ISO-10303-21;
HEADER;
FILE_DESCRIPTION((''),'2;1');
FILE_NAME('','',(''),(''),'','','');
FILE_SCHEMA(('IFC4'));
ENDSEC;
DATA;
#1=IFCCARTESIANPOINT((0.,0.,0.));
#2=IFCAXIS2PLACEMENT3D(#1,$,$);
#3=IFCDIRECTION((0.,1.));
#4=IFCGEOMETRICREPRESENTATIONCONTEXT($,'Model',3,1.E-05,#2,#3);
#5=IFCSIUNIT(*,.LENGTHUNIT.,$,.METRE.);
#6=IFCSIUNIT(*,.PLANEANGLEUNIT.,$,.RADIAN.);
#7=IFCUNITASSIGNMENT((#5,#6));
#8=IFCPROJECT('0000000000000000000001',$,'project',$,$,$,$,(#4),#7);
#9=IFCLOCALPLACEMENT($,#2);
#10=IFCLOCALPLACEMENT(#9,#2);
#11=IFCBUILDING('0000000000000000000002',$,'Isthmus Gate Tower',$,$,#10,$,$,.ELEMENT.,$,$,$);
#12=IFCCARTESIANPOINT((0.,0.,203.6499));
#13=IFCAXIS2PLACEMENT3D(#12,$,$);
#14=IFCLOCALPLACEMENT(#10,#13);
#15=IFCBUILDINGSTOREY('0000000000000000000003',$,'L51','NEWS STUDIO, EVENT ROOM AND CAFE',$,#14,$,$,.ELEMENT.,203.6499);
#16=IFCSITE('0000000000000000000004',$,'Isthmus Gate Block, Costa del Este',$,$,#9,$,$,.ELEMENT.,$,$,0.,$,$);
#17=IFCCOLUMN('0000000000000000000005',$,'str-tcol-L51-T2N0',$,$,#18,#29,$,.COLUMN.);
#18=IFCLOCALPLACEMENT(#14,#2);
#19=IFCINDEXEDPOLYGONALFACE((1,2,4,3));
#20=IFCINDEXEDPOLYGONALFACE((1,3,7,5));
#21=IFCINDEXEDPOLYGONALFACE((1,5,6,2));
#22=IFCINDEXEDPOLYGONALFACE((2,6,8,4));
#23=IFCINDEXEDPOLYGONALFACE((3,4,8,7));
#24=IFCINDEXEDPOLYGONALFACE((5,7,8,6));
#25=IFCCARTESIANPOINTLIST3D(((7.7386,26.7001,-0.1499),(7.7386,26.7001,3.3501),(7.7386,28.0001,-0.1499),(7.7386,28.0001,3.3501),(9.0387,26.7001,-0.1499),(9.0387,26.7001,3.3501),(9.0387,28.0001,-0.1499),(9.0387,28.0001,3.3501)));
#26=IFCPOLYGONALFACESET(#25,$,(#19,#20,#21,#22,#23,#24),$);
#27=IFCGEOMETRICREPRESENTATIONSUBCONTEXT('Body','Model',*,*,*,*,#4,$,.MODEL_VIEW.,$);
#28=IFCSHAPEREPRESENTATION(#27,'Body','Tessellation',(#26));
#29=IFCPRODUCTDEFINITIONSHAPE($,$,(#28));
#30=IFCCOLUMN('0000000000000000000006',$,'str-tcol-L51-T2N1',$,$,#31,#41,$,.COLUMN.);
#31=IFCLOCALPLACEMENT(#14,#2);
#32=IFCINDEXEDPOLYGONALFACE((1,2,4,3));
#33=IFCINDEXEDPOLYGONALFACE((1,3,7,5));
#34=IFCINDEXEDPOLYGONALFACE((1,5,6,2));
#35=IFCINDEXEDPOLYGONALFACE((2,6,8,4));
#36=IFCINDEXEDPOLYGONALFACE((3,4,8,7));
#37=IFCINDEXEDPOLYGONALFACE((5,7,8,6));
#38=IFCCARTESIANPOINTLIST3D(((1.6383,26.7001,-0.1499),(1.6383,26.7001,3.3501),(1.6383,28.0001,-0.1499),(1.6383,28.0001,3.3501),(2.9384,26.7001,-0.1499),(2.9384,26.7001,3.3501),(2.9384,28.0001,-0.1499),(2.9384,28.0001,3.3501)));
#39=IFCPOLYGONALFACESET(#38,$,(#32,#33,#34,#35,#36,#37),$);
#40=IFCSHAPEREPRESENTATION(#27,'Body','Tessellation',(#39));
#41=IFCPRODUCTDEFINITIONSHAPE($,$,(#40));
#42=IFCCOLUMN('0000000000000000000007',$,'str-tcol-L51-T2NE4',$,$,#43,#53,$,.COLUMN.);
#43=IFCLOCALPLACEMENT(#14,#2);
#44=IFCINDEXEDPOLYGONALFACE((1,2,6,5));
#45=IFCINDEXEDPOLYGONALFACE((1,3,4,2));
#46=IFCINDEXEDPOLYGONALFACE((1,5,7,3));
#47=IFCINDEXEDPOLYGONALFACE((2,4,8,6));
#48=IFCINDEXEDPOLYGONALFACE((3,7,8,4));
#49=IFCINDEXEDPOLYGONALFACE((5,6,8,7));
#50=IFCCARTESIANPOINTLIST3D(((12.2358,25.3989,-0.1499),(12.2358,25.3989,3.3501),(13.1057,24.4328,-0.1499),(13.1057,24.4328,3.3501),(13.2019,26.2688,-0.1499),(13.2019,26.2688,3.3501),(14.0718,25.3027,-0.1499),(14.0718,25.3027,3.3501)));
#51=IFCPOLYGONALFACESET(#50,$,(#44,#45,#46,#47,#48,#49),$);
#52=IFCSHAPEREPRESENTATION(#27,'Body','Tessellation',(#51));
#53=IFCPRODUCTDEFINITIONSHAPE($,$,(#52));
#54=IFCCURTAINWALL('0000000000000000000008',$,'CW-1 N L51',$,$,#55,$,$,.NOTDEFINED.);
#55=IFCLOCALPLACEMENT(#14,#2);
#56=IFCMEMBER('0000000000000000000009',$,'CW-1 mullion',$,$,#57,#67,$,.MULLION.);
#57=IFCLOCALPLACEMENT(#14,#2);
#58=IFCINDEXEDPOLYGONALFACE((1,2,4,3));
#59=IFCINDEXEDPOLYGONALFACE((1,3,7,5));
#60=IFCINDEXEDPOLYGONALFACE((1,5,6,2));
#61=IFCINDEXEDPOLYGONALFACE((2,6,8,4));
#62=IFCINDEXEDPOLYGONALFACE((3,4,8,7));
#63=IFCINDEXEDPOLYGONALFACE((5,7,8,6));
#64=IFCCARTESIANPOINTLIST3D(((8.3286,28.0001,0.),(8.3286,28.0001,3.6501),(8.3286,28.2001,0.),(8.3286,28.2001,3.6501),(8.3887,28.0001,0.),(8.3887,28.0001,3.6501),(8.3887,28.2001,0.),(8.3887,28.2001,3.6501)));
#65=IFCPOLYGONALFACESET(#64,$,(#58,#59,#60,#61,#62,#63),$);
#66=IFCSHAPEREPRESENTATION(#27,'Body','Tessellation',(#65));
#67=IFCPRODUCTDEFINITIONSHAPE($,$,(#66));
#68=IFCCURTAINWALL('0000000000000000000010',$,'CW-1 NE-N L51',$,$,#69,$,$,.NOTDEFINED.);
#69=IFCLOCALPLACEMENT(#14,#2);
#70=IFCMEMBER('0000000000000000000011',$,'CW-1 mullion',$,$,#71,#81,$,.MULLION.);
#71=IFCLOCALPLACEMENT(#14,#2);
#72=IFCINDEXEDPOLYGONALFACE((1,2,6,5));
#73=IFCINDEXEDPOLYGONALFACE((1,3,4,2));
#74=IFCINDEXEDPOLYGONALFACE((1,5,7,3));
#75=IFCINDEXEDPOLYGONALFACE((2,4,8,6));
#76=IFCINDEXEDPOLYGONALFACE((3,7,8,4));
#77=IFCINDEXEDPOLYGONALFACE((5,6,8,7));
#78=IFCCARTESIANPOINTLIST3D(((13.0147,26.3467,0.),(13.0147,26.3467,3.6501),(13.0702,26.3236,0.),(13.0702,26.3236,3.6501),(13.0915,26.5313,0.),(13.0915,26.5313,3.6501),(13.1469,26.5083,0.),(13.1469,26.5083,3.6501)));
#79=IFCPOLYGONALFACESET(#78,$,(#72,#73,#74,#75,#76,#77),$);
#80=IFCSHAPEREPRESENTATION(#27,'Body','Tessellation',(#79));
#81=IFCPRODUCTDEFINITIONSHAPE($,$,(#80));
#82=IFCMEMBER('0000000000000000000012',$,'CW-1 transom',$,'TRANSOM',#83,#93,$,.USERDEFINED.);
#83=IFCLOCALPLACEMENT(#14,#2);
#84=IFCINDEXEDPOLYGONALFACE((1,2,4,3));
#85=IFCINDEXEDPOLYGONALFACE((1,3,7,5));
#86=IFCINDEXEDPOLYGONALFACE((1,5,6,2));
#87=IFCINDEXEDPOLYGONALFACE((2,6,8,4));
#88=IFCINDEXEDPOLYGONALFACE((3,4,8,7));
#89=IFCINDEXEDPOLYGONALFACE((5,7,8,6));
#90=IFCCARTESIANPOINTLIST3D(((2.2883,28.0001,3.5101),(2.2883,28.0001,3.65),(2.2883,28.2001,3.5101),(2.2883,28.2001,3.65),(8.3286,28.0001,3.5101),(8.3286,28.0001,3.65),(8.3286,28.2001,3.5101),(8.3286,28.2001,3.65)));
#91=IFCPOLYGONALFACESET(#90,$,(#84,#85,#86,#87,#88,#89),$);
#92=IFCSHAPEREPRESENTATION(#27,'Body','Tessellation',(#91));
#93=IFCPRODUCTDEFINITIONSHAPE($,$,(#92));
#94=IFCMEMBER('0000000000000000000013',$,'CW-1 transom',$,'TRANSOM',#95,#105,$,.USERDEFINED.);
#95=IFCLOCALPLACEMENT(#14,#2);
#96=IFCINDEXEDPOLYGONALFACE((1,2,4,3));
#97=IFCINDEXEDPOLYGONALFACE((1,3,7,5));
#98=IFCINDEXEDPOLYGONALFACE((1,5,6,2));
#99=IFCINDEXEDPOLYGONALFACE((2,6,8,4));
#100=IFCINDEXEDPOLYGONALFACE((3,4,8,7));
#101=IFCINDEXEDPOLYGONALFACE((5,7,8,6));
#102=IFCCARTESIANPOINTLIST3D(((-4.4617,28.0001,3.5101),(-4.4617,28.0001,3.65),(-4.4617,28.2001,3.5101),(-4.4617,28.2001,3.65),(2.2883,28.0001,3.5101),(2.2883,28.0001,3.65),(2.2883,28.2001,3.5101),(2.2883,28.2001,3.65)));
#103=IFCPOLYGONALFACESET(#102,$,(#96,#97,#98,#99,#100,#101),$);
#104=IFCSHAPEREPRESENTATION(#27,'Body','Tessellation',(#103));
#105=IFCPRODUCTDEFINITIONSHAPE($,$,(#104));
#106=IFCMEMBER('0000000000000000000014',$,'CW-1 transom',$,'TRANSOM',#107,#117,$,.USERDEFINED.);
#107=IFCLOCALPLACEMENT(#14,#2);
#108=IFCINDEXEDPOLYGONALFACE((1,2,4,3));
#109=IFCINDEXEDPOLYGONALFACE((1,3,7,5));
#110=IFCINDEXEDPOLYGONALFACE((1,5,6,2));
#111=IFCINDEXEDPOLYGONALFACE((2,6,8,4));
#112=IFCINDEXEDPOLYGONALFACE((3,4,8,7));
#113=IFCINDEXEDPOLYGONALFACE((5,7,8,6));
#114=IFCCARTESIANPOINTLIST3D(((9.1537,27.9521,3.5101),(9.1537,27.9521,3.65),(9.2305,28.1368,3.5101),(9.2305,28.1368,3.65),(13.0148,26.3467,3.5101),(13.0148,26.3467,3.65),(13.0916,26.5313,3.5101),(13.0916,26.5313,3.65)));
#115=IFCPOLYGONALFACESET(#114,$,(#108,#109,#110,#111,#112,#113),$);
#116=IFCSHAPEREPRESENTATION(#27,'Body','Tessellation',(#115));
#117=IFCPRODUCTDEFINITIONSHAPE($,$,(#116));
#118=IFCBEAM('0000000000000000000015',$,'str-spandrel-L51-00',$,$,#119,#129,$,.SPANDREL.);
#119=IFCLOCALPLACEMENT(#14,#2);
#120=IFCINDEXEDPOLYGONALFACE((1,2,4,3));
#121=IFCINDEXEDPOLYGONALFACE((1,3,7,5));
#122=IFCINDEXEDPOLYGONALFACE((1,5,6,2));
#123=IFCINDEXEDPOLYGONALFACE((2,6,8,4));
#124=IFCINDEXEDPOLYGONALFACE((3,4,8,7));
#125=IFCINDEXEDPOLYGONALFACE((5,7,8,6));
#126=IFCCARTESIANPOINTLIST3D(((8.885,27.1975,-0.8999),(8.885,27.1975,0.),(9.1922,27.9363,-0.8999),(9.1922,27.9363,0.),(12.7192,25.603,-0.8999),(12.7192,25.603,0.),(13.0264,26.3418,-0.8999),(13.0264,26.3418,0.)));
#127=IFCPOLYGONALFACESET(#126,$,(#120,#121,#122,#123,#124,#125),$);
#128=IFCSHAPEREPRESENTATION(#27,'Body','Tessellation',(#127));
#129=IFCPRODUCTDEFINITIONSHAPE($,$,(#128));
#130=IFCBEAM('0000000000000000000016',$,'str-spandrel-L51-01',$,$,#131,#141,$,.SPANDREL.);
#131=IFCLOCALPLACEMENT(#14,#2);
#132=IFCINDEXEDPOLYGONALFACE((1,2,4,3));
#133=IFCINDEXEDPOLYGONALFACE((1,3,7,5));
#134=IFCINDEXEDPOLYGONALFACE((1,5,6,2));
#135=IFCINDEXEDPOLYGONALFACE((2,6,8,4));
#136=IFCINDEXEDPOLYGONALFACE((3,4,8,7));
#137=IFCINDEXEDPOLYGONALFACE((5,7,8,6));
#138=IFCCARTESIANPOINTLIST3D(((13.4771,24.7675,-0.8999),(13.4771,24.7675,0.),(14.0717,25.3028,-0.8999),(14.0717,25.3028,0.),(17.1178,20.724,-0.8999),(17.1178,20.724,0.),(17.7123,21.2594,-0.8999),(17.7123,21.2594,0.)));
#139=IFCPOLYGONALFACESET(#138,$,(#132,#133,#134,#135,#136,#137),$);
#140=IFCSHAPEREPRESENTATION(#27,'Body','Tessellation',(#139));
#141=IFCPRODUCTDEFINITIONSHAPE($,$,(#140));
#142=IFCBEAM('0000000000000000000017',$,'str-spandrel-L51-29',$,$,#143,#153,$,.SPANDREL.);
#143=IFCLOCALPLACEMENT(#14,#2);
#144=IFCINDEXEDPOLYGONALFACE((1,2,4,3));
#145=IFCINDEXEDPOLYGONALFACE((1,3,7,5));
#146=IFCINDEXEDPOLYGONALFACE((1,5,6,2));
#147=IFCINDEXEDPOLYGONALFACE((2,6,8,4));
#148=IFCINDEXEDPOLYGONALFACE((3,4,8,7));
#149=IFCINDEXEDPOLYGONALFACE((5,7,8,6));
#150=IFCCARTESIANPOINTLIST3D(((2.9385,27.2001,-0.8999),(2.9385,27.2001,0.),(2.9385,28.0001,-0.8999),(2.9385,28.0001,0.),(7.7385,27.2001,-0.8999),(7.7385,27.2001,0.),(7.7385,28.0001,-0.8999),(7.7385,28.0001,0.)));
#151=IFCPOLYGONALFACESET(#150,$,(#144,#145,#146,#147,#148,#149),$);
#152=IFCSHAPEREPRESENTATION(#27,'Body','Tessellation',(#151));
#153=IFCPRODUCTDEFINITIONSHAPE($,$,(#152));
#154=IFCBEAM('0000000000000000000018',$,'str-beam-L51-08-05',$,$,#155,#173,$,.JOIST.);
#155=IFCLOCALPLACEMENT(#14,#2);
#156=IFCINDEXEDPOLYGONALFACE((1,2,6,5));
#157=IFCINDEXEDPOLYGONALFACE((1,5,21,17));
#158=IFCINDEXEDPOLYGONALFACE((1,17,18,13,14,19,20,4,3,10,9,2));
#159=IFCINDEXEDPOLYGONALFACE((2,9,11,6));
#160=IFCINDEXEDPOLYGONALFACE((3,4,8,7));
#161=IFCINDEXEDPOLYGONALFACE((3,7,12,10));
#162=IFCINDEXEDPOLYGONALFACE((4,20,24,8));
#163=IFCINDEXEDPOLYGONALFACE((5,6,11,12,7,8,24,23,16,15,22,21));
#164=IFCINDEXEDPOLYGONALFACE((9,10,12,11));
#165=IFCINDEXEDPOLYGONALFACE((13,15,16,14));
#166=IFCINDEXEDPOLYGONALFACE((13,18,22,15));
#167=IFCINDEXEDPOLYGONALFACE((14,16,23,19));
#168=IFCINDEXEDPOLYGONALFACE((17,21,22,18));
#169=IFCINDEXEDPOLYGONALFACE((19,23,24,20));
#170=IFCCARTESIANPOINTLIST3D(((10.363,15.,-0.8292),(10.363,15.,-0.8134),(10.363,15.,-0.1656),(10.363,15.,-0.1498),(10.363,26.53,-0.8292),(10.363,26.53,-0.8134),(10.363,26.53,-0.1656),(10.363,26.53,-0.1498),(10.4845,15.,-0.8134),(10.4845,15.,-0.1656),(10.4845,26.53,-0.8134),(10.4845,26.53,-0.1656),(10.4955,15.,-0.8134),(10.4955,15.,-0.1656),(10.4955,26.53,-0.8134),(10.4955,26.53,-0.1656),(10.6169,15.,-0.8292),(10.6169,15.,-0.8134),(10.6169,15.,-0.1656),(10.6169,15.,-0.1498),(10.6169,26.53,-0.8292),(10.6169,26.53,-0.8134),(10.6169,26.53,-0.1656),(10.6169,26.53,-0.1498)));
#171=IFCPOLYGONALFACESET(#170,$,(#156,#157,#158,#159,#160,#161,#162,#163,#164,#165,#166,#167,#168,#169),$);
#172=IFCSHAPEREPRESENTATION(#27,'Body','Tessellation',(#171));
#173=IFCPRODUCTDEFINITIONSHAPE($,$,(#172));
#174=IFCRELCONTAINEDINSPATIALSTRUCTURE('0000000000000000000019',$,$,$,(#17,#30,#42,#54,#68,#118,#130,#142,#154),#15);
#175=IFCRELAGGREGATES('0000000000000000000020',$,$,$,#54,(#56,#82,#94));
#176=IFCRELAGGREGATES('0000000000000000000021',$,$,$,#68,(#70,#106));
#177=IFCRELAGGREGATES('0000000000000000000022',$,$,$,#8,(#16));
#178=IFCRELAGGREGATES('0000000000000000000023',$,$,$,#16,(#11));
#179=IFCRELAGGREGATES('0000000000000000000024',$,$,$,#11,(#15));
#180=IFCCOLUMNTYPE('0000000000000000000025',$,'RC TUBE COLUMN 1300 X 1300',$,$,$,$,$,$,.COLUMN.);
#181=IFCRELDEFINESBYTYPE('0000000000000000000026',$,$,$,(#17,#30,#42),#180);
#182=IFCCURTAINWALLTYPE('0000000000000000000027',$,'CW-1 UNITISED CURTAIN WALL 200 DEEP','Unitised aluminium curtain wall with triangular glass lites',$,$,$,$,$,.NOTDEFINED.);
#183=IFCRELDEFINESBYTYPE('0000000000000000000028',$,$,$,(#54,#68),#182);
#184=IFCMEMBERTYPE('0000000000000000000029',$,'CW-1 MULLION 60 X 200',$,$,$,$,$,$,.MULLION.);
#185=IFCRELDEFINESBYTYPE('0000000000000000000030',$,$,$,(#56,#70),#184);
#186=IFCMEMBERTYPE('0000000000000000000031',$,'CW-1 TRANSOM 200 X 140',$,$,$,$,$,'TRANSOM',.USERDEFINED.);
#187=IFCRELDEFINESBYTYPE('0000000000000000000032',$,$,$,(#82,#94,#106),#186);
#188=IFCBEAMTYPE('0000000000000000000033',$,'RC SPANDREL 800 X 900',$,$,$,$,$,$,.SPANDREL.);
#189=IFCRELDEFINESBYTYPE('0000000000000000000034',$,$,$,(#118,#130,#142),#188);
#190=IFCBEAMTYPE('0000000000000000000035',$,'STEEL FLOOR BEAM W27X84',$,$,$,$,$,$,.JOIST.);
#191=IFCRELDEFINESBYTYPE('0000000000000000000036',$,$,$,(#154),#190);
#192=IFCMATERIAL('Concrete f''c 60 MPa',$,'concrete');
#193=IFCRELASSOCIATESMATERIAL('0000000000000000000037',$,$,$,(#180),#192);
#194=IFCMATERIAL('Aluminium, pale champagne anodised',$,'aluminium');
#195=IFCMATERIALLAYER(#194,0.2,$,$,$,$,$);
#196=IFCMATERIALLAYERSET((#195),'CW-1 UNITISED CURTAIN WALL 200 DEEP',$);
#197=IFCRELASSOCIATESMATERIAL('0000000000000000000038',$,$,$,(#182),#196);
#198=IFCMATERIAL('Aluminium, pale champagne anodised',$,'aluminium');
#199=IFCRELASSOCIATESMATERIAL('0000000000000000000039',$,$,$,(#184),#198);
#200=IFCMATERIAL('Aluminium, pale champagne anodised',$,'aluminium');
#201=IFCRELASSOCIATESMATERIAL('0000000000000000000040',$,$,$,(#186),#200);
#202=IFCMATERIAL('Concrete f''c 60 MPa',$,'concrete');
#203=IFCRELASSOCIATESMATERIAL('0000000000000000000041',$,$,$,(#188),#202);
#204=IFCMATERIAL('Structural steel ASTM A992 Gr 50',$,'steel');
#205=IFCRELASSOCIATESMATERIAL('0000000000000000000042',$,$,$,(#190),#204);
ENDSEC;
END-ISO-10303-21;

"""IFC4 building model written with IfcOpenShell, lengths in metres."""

from ifc_helpers import new_model, si_unit, direction, frame, origin, origin_2d, place, context, subcontext, project, spatial, rectangle, i_section, extrude, material, layer, layer_set, material_profile, profile_set, type_object, element, aggregate, save


model = new_model("IFC4")

# Units and contexts
model_context = context("Model", 3, precision=1e-05, world=origin(), true_north=direction((0.0, 1.0)))
body_context = subcontext(model_context, "Body", "Model", "MODEL_VIEW")
ifc_project = project(units=[si_unit("LENGTHUNIT", "METRE"), si_unit("PLANEANGLEUNIT", "RADIAN")], contexts=[model_context])

# Site, building, storey
site_placement = place(None, origin())
site = spatial("IfcSite", under=ifc_project, at=site_placement, Name="Isthmus Gate Block, Costa del Este", CompositionType="ELEMENT", RefElevation=0.0)
building_placement = place(site_placement, origin())
building = spatial("IfcBuilding", under=site, at=building_placement, Name="Isthmus Gate Tower", CompositionType="ELEMENT")
storey_placement = place(building_placement, frame((0.0, 0.0, 203.6499)))
storey = spatial("IfcBuildingStorey", under=building, at=storey_placement, Name="L51", Description="NEWS STUDIO, EVENT ROOM AND CAFE", CompositionType="ELEMENT", Elevation=203.6499)

# Columns
ifc_material_1 = material(Name="Concrete f'c 60 MPa", Category="concrete")
ifc_material_profile_1 = material_profile(ifc_material_1, rectangle(XDim=1.3, YDim=1.3, at=origin_2d()), Name="RC 1300X1300")
ifc_profile_set_1 = profile_set([ifc_material_profile_1], Name="Concrete f'c 60 MPa")
column_type = type_object("IfcColumnType", Name="RC TUBE COLUMN 1300 X 1300", PredefinedType="COLUMN", material=ifc_profile_set_1)
for number, where, z_axis, x_axis, name in (
    (1, (8.3887, 27.3501, -0.1499), (0.0, 0.0, 1.0), (-1.0, 0.0, 0.0), "str-tcol-L51-T2N0"),
    (2, (2.2883, 27.3501, -0.1499), (0.0, 0.0, 1.0), (-1.0, 0.0, 0.0), "str-tcol-L51-T2N1"),
    (3, (13.1538, 25.3508, -0.1499), (0.0, 0.0, 1.0), (-0.669131, 0.743145, 0.0), "str-tcol-L51-T2NE4"),
):
    element("IfcColumn", number, at=place(storey_placement, frame(where, z_axis=z_axis, x_axis=x_axis)), inside=storey, type_object=column_type, Name=name, PredefinedType="COLUMN", context=body_context, shape_type="SweptSolid", body=[
        extrude(rectangle(XDim=1.3, YDim=1.3, at=origin_2d()), origin(), (0.0, 0.0, 1.0), 3.5),
    ])

# Curtain walls, members
ifc_material_2 = material(Name="Aluminium, pale champagne anodised", Category="aluminium")
ifc_layer_1 = layer(ifc_material_2, 0.2)
ifc_layer_set_1 = layer_set([ifc_layer_1], Name="CW-1 UNITISED CURTAIN WALL 200 DEEP")
curtain_wall_type = type_object("IfcCurtainWallType", Name="CW-1 UNITISED CURTAIN WALL 200 DEEP", Description="Unitised aluminium curtain wall with triangular glass lites", PredefinedType="NOTDEFINED", material=ifc_layer_set_1)
curtain_wall_1_placement = place(storey_placement, origin())
curtain_wall_1 = element("IfcCurtainWall", 4, at=curtain_wall_1_placement, inside=storey, type_object=curtain_wall_type, Name="CW-1 N L51", PredefinedType="NOTDEFINED")
ifc_material_3 = material(Name="Aluminium, pale champagne anodised", Category="aluminium")
ifc_material_profile_2 = material_profile(ifc_material_3, rectangle(XDim=0.0601, YDim=0.2, at=origin_2d()), Name="60x200")
ifc_profile_set_2 = profile_set([ifc_material_profile_2], Name="Aluminium, pale champagne anodised")
member_type_1 = type_object("IfcMemberType", Name="CW-1 MULLION 60 X 200", PredefinedType="MULLION", material=ifc_profile_set_2)
member_1_placement = place(storey_placement, frame((8.3586, 28.1001, 0.0), z_axis=(0.0, 0.0, 1.0), x_axis=(-1.0, 0.0, 0.0)))
member_1 = element("IfcMember", 5, at=member_1_placement, type_object=member_type_1, Name="CW-1 mullion", PredefinedType="MULLION", context=body_context, shape_type="SweptSolid", body=[
    extrude(rectangle(XDim=0.0601, YDim=0.2, at=origin_2d()), origin(), (0.0, 0.0, 1.0), 3.6501),
])
curtain_wall_2_placement = place(storey_placement, origin())
curtain_wall_2 = element("IfcCurtainWall", 6, at=curtain_wall_2_placement, inside=storey, type_object=curtain_wall_type, Name="CW-1 NE-N L51", PredefinedType="NOTDEFINED")
member_2_placement = place(storey_placement, frame((13.0808, 26.4275, 0.0), z_axis=(0.0, 0.0, 1.0), x_axis=(-0.923353, 0.383952, 0.0)))
member_2 = element("IfcMember", 7, at=member_2_placement, type_object=member_type_1, Name="CW-1 mullion", PredefinedType="MULLION", context=body_context, shape_type="SweptSolid", body=[
    extrude(rectangle(XDim=0.0601, YDim=0.2, at=origin_2d()), origin(), (0.0, 0.0, 1.0), 3.6501),
])

# Members
ifc_material_4 = material(Name="Aluminium, pale champagne anodised", Category="aluminium")
ifc_material_profile_3 = material_profile(ifc_material_4, rectangle(XDim=0.2, YDim=0.1399, at=origin_2d()), Name="200x140")
ifc_profile_set_3 = profile_set([ifc_material_profile_3], Name="Aluminium, pale champagne anodised")
member_type_2 = type_object("IfcMemberType", Name="CW-1 TRANSOM 200 X 140", ElementType="TRANSOM", PredefinedType="USERDEFINED", material=ifc_profile_set_3)
member_3_placement = place(storey_placement, frame((8.3286, 28.1001, 3.5801), z_axis=(-1.0, 0.0, 0.0), x_axis=(0.0, -1.0, 0.0)))
member_3 = element("IfcMember", 8, at=member_3_placement, type_object=member_type_2, Name="CW-1 transom", ObjectType="TRANSOM", PredefinedType="USERDEFINED", context=body_context, shape_type="SweptSolid", body=[
    extrude(rectangle(XDim=0.2, YDim=0.1399, at=origin_2d()), origin(), (0.0, 0.0, 1.0), 6.0403),
])
member_4_placement = place(storey_placement, frame((2.2883, 28.1001, 3.5801), z_axis=(-1.0, 0.0, 0.0), x_axis=(0.0, -1.0, 0.0)))
member_4 = element("IfcMember", 9, at=member_4_placement, type_object=member_type_2, Name="CW-1 transom", ObjectType="TRANSOM", PredefinedType="USERDEFINED", context=body_context, shape_type="SweptSolid", body=[
    extrude(rectangle(XDim=0.2, YDim=0.1399, at=origin_2d()), origin(), (0.0, 0.0, 1.0), 6.75),
])
member_5_placement = place(storey_placement, frame((13.0532, 26.439, 3.5801), z_axis=(-0.923358, 0.38394, 0.0), x_axis=(-0.38394, -0.923358, 0.0)))
member_5 = element("IfcMember", 10, at=member_5_placement, type_object=member_type_2, Name="CW-1 transom", ObjectType="TRANSOM", PredefinedType="USERDEFINED", context=body_context, shape_type="SweptSolid", body=[
    extrude(rectangle(XDim=0.2, YDim=0.1399, at=origin_2d()), origin(), (0.0, 0.0, 1.0), 4.1816),
])

# Beams
ifc_material_5 = material(Name="Concrete f'c 60 MPa", Category="concrete")
ifc_material_profile_4 = material_profile(ifc_material_5, rectangle(XDim=0.8, YDim=0.8999, at=origin_2d()), Name="RC 800X900")
ifc_profile_set_4 = profile_set([ifc_material_profile_4], Name="Concrete f'c 60 MPa")
beam_type_1 = type_object("IfcBeamType", Name="RC SPANDREL 800 X 900", PredefinedType="SPANDREL", material=ifc_profile_set_4)
beam_1_placement = place(storey_placement, frame((9.0386, 27.5669, -0.45), z_axis=(0.923343, -0.383977, 0.0), x_axis=(0.383977, 0.923343, 0.0)))
element("IfcBeam", 11, at=beam_1_placement, inside=storey, type_object=beam_type_1, Name="str-spandrel-L51-00", PredefinedType="SPANDREL", context=body_context, shape_type="SweptSolid", body=[
    extrude(rectangle(XDim=0.8, YDim=0.8999, at=origin_2d()), origin(), (0.0, 0.0, 1.0), 4.1526),
])
beam_2_placement = place(storey_placement, frame((13.7744, 25.0352, -0.45), z_axis=(0.669118, -0.743156, 0.0), x_axis=(0.743156, 0.669118, 0.0)))
element("IfcBeam", 12, at=beam_2_placement, inside=storey, type_object=beam_type_1, Name="str-spandrel-L51-01", PredefinedType="SPANDREL", context=body_context, shape_type="SweptSolid", body=[
    extrude(rectangle(XDim=0.8, YDim=0.8999, at=origin_2d()), origin(), (0.0, 0.0, 1.0), 5.4409),
])
beam_3_placement = place(storey_placement, frame((2.9385, 27.6001, -0.45), z_axis=(1.0, 0.0, 0.0), x_axis=(0.0, 1.0, 0.0)))
element("IfcBeam", 13, at=beam_3_placement, inside=storey, type_object=beam_type_1, Name="str-spandrel-L51-29", PredefinedType="SPANDREL", context=body_context, shape_type="SweptSolid", body=[
    extrude(rectangle(XDim=0.8, YDim=0.8999, at=origin_2d()), origin(), (0.0, 0.0, 1.0), 4.8),
])
ifc_material_6 = material(Name="Structural steel ASTM A992 Gr 50", Category="steel")
ifc_material_profile_5 = material_profile(ifc_material_6, i_section(OverallWidth=0.2539, OverallDepth=0.6794, WebThickness=0.011, FlangeThickness=0.0159, at=origin_2d()), Name="W27X84")
ifc_profile_set_5 = profile_set([ifc_material_profile_5], Name="Structural steel ASTM A992 Gr 50")
beam_type_2 = type_object("IfcBeamType", Name="STEEL FLOOR BEAM W27X84", PredefinedType="JOIST", material=ifc_profile_set_5)
beam_4_placement = place(storey_placement, frame((10.49, 15.0, -0.4895), z_axis=(0.0, 1.0, 0.0), x_axis=(-1.0, 0.0, 0.0)))
element("IfcBeam", 14, at=beam_4_placement, inside=storey, type_object=beam_type_2, Name="str-beam-L51-08-05", PredefinedType="JOIST", context=body_context, shape_type="SweptSolid", body=[
    extrude(i_section(OverallWidth=0.2539, OverallDepth=0.6794, WebThickness=0.011, FlangeThickness=0.0159, at=origin_2d()), origin(), (0.0, 0.0, 1.0), 11.53),
])

aggregate(curtain_wall_1, [member_1, member_3, member_4])
aggregate(curtain_wall_2, [member_2, member_5])

save(model, "model.ifc")
